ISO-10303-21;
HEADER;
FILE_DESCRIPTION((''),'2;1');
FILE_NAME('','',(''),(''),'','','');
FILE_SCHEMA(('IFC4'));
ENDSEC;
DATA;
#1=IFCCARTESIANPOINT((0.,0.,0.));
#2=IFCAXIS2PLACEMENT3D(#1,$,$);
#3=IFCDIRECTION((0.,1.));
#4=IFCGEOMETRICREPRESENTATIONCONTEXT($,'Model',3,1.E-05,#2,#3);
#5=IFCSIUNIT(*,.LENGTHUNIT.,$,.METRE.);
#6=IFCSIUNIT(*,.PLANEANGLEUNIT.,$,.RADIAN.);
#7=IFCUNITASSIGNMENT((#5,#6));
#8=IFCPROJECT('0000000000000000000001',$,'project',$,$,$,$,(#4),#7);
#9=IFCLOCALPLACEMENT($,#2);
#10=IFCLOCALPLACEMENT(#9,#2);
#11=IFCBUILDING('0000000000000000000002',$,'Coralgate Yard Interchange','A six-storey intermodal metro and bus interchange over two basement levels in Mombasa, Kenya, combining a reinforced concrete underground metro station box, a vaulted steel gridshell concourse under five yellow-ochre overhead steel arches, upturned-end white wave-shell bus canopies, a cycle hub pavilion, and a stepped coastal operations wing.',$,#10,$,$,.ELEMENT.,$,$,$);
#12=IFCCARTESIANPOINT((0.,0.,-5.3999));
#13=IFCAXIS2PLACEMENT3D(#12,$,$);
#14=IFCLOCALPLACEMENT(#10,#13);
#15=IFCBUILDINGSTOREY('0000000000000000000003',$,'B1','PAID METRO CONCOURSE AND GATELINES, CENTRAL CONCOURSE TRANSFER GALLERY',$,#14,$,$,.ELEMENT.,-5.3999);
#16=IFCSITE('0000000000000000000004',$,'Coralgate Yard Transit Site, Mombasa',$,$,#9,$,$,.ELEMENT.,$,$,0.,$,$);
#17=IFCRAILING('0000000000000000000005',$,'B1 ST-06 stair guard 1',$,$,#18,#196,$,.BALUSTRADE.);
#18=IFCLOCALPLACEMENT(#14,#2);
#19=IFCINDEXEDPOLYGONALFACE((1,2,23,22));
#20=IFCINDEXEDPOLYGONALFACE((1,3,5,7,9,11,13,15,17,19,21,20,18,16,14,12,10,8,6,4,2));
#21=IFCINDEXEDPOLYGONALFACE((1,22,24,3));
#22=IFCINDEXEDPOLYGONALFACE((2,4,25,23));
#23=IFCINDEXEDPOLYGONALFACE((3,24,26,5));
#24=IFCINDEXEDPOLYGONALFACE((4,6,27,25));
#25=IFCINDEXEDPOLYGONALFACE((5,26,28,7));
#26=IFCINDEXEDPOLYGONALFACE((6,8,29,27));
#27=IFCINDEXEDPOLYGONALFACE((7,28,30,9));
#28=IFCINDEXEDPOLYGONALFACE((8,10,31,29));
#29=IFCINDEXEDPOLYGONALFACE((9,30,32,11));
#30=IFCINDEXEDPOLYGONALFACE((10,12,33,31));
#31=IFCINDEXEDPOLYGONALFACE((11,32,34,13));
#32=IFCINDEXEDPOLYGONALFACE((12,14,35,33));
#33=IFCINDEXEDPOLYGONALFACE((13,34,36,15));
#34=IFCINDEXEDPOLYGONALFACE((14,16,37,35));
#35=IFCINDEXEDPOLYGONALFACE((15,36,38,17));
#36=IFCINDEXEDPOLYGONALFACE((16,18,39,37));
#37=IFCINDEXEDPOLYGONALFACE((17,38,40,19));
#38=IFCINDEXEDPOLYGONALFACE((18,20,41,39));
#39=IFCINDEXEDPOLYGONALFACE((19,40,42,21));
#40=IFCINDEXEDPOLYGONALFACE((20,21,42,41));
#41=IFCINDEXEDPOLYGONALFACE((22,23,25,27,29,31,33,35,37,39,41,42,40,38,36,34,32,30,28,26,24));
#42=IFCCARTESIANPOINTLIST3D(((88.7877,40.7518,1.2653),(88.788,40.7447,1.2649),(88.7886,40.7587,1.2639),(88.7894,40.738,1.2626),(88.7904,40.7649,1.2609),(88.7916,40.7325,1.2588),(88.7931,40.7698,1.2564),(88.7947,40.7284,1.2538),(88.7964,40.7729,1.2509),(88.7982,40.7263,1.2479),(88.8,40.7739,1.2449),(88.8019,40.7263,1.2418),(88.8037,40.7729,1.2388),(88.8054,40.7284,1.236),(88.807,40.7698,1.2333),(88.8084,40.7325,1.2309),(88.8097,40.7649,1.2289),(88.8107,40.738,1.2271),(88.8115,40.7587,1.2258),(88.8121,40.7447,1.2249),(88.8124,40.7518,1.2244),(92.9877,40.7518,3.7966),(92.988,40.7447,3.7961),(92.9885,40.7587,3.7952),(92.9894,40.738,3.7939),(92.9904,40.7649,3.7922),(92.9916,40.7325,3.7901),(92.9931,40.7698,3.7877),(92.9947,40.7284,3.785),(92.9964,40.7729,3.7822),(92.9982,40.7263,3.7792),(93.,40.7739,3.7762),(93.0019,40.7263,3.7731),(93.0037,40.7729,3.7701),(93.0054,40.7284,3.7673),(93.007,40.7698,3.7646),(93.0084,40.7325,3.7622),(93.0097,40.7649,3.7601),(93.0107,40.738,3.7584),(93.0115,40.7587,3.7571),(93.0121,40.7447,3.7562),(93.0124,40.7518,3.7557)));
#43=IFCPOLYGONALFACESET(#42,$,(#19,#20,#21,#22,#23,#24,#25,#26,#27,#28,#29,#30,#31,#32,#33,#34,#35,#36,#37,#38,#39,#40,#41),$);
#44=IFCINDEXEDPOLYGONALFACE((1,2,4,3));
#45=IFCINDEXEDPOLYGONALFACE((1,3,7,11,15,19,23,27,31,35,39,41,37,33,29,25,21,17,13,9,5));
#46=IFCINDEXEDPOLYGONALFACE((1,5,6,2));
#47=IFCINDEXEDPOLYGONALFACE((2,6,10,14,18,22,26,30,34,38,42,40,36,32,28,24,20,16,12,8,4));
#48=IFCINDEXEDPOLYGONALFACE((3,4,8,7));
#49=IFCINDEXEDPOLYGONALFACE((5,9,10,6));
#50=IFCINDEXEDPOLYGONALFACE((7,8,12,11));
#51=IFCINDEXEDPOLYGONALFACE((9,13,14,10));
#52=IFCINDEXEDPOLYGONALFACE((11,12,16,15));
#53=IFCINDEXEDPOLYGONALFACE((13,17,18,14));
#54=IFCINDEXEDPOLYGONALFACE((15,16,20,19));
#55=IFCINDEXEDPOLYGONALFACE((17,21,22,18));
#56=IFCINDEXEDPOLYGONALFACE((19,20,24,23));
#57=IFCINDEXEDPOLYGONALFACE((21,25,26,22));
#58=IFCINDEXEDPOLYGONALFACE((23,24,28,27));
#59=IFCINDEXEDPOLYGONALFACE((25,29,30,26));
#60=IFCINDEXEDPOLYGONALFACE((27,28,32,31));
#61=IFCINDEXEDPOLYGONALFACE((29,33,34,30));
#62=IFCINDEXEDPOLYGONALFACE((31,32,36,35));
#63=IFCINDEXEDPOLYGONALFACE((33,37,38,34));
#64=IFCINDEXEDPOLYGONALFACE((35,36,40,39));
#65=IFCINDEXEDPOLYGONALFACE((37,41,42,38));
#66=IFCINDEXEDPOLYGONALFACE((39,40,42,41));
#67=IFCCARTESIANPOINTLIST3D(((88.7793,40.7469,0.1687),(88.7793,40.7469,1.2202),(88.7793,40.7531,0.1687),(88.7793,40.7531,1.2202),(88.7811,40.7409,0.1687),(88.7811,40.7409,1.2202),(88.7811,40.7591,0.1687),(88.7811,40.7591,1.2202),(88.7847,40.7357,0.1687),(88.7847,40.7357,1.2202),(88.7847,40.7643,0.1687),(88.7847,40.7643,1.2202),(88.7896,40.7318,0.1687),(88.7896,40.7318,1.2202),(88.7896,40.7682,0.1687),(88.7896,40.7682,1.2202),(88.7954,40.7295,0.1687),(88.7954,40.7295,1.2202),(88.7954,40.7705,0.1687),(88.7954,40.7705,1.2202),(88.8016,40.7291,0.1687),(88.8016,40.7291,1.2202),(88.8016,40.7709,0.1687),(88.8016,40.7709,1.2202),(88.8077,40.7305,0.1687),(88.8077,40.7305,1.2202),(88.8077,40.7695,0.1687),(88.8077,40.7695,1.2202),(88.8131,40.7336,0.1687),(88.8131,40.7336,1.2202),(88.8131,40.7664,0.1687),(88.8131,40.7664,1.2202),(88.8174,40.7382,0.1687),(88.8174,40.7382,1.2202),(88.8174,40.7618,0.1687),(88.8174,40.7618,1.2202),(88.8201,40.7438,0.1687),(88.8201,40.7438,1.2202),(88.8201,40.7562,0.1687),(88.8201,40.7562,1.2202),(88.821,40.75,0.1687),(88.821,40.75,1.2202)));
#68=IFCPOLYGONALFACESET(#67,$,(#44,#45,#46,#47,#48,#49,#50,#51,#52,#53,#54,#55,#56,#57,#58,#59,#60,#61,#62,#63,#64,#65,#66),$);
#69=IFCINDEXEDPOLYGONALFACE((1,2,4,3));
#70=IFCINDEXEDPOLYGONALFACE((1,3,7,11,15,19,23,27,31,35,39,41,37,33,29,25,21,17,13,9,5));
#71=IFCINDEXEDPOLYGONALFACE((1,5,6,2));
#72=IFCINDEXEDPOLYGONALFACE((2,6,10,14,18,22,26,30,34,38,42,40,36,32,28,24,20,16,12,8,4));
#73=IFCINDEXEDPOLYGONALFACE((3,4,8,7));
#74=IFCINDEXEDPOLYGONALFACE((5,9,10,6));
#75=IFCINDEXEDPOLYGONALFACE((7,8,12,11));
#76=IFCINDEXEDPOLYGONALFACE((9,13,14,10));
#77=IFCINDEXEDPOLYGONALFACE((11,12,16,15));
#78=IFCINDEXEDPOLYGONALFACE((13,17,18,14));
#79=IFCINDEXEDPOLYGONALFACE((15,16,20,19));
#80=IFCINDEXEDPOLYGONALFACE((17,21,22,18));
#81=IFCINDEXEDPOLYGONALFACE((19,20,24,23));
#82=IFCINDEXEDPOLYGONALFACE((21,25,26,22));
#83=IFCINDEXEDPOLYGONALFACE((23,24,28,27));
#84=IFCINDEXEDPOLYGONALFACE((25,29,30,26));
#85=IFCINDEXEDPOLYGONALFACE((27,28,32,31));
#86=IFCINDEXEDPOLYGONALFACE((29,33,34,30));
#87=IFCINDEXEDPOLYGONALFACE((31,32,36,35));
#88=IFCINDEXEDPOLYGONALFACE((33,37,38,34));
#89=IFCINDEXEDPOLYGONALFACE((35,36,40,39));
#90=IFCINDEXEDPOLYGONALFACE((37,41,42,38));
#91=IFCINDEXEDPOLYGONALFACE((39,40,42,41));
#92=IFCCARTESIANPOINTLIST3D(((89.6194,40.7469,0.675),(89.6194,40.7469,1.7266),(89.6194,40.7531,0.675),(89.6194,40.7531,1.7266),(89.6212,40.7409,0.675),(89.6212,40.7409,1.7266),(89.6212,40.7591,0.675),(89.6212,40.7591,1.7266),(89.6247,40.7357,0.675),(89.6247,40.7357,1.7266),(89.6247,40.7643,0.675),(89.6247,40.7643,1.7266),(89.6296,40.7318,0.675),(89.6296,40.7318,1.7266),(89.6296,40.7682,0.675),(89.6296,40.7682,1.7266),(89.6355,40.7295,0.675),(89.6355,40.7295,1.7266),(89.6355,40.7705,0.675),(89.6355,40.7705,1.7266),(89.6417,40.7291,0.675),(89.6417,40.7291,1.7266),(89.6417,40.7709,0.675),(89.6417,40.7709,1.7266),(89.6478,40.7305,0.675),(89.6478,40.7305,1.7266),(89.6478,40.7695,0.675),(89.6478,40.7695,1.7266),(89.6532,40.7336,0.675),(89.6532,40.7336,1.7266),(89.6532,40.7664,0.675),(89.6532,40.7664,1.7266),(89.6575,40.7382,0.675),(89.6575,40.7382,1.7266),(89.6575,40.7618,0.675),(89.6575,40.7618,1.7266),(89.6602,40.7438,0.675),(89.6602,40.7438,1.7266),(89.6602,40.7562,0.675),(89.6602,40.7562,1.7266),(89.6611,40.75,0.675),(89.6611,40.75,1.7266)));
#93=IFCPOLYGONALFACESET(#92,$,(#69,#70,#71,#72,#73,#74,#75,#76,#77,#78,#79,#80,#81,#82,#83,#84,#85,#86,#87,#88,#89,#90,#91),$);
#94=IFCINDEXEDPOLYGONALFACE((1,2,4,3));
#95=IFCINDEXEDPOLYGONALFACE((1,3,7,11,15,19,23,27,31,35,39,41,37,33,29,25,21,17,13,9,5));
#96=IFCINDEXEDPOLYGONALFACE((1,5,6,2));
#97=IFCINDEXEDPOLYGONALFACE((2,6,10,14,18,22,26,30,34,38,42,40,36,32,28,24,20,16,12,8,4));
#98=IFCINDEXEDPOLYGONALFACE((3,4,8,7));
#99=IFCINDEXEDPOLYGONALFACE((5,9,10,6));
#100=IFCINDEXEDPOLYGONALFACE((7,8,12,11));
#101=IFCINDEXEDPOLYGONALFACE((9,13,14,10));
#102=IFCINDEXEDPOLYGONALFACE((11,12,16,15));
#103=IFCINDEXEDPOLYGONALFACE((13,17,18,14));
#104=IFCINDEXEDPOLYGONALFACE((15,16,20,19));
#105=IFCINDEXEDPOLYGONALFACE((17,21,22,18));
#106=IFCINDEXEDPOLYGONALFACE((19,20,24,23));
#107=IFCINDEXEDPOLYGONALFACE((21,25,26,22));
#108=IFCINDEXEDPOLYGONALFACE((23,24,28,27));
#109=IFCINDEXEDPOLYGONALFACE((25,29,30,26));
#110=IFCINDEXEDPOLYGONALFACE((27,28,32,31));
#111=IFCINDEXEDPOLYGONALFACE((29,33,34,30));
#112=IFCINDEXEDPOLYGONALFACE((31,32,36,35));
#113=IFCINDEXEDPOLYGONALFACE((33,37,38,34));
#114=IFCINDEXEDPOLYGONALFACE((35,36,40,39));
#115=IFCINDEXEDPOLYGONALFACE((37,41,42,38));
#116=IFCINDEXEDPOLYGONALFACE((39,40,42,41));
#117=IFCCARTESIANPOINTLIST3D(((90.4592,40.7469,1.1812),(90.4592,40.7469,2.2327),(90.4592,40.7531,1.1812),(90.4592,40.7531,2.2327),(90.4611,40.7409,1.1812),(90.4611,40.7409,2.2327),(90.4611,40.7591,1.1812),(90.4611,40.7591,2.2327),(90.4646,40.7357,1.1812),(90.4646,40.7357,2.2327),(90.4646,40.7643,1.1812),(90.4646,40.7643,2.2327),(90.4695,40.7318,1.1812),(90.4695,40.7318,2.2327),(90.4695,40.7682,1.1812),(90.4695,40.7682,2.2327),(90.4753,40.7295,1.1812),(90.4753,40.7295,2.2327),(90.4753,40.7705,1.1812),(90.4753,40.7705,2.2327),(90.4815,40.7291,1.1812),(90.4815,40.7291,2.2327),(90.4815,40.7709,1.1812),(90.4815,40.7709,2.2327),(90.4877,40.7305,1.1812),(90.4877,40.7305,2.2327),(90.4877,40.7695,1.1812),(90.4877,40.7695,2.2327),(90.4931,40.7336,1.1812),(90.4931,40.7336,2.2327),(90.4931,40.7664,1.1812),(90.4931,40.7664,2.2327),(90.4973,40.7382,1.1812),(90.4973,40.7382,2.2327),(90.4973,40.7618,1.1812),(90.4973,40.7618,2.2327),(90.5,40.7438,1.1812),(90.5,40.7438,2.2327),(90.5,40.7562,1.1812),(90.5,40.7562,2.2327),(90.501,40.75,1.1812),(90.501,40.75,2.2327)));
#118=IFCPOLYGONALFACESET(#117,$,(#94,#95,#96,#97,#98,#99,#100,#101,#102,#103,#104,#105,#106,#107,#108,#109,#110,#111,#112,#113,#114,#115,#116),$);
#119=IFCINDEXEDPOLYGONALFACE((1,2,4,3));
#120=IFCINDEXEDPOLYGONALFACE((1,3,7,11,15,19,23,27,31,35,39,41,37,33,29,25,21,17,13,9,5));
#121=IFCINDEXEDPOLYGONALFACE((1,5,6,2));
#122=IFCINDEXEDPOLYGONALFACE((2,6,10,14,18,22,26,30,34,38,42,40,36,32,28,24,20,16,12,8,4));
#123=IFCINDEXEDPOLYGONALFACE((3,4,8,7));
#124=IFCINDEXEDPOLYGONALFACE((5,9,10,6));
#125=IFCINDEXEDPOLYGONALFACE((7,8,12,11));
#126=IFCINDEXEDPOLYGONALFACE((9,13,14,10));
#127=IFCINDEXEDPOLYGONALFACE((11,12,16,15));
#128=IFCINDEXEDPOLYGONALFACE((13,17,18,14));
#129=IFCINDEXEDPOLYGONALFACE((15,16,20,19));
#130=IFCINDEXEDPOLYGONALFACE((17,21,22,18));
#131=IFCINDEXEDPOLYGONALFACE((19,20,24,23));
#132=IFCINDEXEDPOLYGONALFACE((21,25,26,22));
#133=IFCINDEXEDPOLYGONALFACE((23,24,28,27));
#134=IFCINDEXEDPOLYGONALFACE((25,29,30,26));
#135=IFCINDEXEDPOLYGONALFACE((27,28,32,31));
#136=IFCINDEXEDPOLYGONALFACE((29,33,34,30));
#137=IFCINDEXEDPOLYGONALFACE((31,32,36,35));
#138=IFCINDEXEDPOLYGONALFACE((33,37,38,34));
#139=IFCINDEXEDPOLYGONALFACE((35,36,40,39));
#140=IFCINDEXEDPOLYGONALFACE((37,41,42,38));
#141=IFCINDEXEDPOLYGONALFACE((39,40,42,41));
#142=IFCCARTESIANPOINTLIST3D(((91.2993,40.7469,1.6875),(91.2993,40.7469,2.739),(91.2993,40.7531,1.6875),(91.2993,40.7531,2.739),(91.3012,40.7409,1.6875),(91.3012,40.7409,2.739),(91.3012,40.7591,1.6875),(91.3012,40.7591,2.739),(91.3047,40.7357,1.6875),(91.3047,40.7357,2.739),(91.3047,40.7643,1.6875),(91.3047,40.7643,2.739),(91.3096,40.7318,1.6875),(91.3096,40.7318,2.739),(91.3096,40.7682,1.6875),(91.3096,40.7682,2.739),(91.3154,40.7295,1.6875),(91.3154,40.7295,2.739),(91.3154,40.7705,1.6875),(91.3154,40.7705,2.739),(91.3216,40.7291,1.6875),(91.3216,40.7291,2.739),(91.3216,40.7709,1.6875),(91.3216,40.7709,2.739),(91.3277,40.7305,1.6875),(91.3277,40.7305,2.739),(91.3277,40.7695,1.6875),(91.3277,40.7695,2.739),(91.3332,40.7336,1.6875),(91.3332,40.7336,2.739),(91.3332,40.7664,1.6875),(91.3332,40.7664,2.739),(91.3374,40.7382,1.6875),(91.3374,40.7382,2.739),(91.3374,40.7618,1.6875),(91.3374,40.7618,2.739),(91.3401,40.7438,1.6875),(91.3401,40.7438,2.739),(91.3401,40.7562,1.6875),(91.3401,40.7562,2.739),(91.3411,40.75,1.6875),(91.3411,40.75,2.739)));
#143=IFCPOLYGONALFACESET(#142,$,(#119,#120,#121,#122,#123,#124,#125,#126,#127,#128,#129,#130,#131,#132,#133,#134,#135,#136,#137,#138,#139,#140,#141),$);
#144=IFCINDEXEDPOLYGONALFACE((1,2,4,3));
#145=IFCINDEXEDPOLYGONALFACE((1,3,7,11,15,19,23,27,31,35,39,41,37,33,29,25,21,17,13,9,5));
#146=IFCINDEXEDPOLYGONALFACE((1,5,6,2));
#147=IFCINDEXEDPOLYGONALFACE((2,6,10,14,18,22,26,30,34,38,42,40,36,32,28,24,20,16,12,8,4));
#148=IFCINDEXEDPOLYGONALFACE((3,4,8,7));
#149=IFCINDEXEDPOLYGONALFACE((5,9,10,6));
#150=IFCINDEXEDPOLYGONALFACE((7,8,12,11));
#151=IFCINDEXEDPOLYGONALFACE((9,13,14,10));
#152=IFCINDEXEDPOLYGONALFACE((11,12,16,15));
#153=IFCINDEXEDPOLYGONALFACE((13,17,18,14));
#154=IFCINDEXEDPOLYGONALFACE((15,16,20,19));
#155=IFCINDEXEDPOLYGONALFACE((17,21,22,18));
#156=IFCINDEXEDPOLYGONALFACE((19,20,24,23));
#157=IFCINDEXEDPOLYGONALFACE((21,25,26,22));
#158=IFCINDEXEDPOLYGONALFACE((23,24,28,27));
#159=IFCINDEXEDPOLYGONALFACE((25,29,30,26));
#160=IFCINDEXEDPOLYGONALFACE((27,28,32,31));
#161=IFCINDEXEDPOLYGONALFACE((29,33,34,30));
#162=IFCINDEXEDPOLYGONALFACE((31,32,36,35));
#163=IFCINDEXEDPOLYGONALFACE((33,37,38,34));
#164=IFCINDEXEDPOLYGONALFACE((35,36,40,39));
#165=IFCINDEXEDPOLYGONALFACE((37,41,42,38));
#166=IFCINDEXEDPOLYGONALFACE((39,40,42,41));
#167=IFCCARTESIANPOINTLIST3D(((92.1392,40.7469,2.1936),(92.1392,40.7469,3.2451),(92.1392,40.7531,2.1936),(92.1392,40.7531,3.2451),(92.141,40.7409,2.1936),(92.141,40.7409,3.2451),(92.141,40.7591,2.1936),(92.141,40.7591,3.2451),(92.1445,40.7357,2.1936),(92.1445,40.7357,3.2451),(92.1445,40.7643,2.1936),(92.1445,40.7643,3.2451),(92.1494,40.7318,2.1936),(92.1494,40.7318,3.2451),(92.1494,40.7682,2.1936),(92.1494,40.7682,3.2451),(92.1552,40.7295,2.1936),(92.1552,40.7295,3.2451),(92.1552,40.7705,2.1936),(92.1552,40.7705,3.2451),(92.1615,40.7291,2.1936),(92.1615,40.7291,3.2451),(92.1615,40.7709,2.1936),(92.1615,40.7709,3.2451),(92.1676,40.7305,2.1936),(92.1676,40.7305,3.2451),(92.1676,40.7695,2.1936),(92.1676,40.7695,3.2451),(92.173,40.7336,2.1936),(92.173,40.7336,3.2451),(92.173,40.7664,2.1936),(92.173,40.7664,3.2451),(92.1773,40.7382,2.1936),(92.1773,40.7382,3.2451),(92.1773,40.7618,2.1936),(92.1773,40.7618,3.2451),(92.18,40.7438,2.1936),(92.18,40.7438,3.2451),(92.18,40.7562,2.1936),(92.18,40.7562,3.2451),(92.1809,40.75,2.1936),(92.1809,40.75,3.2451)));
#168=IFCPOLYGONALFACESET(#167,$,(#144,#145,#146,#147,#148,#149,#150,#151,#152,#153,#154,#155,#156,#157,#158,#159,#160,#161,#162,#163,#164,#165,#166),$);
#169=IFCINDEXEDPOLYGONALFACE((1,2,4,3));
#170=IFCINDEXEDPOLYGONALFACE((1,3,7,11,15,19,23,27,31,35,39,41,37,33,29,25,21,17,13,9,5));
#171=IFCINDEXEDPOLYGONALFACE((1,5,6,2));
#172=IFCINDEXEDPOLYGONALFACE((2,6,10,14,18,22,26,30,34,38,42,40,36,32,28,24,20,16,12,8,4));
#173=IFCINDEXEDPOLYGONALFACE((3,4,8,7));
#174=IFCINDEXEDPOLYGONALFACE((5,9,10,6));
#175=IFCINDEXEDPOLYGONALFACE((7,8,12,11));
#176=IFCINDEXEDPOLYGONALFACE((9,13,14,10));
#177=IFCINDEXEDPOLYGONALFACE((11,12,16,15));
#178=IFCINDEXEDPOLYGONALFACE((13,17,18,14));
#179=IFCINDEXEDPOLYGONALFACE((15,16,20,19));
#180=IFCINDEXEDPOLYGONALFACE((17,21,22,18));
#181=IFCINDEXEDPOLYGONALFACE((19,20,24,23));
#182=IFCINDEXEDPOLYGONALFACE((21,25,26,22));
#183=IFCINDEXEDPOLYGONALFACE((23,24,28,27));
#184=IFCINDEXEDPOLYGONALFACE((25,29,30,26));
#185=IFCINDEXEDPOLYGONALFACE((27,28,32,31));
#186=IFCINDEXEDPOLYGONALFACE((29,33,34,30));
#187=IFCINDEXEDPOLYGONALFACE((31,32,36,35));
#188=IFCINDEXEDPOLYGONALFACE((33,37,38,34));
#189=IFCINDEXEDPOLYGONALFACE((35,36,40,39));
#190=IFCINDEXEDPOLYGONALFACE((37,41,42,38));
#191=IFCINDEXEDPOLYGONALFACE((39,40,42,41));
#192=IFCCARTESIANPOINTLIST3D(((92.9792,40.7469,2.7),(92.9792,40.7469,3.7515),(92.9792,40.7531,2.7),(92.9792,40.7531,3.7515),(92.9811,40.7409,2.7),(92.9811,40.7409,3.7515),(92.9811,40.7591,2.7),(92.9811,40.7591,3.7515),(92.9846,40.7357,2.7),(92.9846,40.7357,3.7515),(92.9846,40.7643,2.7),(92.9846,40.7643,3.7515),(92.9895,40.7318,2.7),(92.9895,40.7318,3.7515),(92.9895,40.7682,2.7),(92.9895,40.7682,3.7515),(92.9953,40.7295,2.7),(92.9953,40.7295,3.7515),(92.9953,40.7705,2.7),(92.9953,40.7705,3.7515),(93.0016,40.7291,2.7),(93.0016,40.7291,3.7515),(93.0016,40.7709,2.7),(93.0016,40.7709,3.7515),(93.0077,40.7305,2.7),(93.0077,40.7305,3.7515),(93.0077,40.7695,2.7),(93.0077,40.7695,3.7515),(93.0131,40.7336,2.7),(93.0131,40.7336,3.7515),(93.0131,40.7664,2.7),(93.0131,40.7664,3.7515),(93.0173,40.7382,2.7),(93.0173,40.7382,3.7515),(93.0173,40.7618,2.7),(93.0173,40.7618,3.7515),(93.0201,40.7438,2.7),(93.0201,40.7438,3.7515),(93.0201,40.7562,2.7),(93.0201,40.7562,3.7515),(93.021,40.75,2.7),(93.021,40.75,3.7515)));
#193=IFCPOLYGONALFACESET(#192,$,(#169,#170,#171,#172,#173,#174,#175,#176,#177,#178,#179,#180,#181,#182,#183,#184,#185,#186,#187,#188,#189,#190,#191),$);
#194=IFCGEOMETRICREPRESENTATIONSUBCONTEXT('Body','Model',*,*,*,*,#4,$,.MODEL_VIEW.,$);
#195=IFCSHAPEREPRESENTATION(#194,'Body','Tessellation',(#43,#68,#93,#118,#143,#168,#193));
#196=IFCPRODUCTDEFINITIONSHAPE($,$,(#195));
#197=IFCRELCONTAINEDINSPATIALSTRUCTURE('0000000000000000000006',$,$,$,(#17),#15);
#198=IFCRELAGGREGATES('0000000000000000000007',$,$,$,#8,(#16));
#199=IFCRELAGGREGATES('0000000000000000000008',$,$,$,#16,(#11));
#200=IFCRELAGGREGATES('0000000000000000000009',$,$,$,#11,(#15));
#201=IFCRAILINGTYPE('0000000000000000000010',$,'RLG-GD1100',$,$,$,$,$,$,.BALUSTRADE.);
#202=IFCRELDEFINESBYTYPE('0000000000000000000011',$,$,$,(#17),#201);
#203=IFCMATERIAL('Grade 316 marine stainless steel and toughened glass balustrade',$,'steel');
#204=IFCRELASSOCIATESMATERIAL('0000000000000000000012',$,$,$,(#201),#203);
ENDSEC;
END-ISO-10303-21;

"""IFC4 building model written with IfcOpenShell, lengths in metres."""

from ifc_helpers import new_model, si_unit, direction, frame, origin, origin_2d, place, context, subcontext, project, spatial, circle, extrude, material, type_object, element, save


model = new_model("IFC4")

# Units and contexts
model_context = context("Model", 3, precision=1e-05, world=origin(), true_north=direction((0.0, 1.0)))
body_context = subcontext(model_context, "Body", "Model", "MODEL_VIEW")
ifc_project = project(units=[si_unit("LENGTHUNIT", "METRE"), si_unit("PLANEANGLEUNIT", "RADIAN")], contexts=[model_context])

# Site, building, storey
site_placement = place(None, origin())
site = spatial("IfcSite", under=ifc_project, at=site_placement, Name="Coralgate Yard Transit Site, Mombasa", CompositionType="ELEMENT", RefElevation=0.0)
building_placement = place(site_placement, origin())
building = spatial("IfcBuilding", under=site, at=building_placement, Name="Coralgate Yard Interchange", Description="A six-storey intermodal metro and bus interchange over two basement levels in Mombasa, Kenya, combining a reinforced concrete underground metro station box, a vaulted steel gridshell concourse under five yellow-ochre overhead steel arches, upturned-end white wave-shell bus canopies, a cycle hub pavilion, and a stepped coastal operations wing.", CompositionType="ELEMENT")
storey_placement = place(building_placement, frame((0.0, 0.0, -5.3999)))
storey = spatial("IfcBuildingStorey", under=building, at=storey_placement, Name="B1", Description="PAID METRO CONCOURSE AND GATELINES, CENTRAL CONCOURSE TRANSFER GALLERY", CompositionType="ELEMENT", Elevation=-5.3999)

# Railing
ifc_material_1 = material(Name="Grade 316 marine stainless steel and toughened glass balustrade", Category="steel")
railing_type_1 = type_object("IfcRailingType", Name="RLG-GD1100", PredefinedType="BALUSTRADE", material=ifc_material_1)
railing_1_placement = place(storey_placement, frame((88.8, 40.75, 0.1687)))
element("IfcRailing", 1, at=railing_1_placement, inside=storey, type_object=railing_type_1, Name="B1 ST-06 stair guard 1", PredefinedType="BALUSTRADE", context=body_context, shape_type="SweptSolid", body=[
    extrude(circle(Radius=0.0239, at=origin_2d()), frame((0.0, 0.0, 1.0762), z_axis=(0.856476, 0.0, 0.516186), x_axis=(0.0, 1.0, 0.0)), (0.0, 0.0, 1.0), 4.9038),
    extrude(circle(Radius=0.021, at=origin_2d()), origin(), (0.0, 0.0, 1.0), 1.0515),
    extrude(circle(Radius=0.021, at=origin_2d()), frame((0.8401, 0.0, 0.5063)), (0.0, 0.0, 1.0), 1.0515),
    extrude(circle(Radius=0.021, at=origin_2d()), frame((1.6799, 0.0, 1.0125)), (0.0, 0.0, 1.0), 1.0515),
    extrude(circle(Radius=0.021, at=origin_2d()), frame((2.52, 0.0, 1.5188)), (0.0, 0.0, 1.0), 1.0515),
    extrude(circle(Radius=0.021, at=origin_2d()), frame((3.3599, 0.0, 2.0249)), (0.0, 0.0, 1.0), 1.0515),
    extrude(circle(Radius=0.021, at=origin_2d()), frame((4.2, 0.0, 2.5312)), (0.0, 0.0, 1.0), 1.0515),
])

save(model, "model.ifc")
